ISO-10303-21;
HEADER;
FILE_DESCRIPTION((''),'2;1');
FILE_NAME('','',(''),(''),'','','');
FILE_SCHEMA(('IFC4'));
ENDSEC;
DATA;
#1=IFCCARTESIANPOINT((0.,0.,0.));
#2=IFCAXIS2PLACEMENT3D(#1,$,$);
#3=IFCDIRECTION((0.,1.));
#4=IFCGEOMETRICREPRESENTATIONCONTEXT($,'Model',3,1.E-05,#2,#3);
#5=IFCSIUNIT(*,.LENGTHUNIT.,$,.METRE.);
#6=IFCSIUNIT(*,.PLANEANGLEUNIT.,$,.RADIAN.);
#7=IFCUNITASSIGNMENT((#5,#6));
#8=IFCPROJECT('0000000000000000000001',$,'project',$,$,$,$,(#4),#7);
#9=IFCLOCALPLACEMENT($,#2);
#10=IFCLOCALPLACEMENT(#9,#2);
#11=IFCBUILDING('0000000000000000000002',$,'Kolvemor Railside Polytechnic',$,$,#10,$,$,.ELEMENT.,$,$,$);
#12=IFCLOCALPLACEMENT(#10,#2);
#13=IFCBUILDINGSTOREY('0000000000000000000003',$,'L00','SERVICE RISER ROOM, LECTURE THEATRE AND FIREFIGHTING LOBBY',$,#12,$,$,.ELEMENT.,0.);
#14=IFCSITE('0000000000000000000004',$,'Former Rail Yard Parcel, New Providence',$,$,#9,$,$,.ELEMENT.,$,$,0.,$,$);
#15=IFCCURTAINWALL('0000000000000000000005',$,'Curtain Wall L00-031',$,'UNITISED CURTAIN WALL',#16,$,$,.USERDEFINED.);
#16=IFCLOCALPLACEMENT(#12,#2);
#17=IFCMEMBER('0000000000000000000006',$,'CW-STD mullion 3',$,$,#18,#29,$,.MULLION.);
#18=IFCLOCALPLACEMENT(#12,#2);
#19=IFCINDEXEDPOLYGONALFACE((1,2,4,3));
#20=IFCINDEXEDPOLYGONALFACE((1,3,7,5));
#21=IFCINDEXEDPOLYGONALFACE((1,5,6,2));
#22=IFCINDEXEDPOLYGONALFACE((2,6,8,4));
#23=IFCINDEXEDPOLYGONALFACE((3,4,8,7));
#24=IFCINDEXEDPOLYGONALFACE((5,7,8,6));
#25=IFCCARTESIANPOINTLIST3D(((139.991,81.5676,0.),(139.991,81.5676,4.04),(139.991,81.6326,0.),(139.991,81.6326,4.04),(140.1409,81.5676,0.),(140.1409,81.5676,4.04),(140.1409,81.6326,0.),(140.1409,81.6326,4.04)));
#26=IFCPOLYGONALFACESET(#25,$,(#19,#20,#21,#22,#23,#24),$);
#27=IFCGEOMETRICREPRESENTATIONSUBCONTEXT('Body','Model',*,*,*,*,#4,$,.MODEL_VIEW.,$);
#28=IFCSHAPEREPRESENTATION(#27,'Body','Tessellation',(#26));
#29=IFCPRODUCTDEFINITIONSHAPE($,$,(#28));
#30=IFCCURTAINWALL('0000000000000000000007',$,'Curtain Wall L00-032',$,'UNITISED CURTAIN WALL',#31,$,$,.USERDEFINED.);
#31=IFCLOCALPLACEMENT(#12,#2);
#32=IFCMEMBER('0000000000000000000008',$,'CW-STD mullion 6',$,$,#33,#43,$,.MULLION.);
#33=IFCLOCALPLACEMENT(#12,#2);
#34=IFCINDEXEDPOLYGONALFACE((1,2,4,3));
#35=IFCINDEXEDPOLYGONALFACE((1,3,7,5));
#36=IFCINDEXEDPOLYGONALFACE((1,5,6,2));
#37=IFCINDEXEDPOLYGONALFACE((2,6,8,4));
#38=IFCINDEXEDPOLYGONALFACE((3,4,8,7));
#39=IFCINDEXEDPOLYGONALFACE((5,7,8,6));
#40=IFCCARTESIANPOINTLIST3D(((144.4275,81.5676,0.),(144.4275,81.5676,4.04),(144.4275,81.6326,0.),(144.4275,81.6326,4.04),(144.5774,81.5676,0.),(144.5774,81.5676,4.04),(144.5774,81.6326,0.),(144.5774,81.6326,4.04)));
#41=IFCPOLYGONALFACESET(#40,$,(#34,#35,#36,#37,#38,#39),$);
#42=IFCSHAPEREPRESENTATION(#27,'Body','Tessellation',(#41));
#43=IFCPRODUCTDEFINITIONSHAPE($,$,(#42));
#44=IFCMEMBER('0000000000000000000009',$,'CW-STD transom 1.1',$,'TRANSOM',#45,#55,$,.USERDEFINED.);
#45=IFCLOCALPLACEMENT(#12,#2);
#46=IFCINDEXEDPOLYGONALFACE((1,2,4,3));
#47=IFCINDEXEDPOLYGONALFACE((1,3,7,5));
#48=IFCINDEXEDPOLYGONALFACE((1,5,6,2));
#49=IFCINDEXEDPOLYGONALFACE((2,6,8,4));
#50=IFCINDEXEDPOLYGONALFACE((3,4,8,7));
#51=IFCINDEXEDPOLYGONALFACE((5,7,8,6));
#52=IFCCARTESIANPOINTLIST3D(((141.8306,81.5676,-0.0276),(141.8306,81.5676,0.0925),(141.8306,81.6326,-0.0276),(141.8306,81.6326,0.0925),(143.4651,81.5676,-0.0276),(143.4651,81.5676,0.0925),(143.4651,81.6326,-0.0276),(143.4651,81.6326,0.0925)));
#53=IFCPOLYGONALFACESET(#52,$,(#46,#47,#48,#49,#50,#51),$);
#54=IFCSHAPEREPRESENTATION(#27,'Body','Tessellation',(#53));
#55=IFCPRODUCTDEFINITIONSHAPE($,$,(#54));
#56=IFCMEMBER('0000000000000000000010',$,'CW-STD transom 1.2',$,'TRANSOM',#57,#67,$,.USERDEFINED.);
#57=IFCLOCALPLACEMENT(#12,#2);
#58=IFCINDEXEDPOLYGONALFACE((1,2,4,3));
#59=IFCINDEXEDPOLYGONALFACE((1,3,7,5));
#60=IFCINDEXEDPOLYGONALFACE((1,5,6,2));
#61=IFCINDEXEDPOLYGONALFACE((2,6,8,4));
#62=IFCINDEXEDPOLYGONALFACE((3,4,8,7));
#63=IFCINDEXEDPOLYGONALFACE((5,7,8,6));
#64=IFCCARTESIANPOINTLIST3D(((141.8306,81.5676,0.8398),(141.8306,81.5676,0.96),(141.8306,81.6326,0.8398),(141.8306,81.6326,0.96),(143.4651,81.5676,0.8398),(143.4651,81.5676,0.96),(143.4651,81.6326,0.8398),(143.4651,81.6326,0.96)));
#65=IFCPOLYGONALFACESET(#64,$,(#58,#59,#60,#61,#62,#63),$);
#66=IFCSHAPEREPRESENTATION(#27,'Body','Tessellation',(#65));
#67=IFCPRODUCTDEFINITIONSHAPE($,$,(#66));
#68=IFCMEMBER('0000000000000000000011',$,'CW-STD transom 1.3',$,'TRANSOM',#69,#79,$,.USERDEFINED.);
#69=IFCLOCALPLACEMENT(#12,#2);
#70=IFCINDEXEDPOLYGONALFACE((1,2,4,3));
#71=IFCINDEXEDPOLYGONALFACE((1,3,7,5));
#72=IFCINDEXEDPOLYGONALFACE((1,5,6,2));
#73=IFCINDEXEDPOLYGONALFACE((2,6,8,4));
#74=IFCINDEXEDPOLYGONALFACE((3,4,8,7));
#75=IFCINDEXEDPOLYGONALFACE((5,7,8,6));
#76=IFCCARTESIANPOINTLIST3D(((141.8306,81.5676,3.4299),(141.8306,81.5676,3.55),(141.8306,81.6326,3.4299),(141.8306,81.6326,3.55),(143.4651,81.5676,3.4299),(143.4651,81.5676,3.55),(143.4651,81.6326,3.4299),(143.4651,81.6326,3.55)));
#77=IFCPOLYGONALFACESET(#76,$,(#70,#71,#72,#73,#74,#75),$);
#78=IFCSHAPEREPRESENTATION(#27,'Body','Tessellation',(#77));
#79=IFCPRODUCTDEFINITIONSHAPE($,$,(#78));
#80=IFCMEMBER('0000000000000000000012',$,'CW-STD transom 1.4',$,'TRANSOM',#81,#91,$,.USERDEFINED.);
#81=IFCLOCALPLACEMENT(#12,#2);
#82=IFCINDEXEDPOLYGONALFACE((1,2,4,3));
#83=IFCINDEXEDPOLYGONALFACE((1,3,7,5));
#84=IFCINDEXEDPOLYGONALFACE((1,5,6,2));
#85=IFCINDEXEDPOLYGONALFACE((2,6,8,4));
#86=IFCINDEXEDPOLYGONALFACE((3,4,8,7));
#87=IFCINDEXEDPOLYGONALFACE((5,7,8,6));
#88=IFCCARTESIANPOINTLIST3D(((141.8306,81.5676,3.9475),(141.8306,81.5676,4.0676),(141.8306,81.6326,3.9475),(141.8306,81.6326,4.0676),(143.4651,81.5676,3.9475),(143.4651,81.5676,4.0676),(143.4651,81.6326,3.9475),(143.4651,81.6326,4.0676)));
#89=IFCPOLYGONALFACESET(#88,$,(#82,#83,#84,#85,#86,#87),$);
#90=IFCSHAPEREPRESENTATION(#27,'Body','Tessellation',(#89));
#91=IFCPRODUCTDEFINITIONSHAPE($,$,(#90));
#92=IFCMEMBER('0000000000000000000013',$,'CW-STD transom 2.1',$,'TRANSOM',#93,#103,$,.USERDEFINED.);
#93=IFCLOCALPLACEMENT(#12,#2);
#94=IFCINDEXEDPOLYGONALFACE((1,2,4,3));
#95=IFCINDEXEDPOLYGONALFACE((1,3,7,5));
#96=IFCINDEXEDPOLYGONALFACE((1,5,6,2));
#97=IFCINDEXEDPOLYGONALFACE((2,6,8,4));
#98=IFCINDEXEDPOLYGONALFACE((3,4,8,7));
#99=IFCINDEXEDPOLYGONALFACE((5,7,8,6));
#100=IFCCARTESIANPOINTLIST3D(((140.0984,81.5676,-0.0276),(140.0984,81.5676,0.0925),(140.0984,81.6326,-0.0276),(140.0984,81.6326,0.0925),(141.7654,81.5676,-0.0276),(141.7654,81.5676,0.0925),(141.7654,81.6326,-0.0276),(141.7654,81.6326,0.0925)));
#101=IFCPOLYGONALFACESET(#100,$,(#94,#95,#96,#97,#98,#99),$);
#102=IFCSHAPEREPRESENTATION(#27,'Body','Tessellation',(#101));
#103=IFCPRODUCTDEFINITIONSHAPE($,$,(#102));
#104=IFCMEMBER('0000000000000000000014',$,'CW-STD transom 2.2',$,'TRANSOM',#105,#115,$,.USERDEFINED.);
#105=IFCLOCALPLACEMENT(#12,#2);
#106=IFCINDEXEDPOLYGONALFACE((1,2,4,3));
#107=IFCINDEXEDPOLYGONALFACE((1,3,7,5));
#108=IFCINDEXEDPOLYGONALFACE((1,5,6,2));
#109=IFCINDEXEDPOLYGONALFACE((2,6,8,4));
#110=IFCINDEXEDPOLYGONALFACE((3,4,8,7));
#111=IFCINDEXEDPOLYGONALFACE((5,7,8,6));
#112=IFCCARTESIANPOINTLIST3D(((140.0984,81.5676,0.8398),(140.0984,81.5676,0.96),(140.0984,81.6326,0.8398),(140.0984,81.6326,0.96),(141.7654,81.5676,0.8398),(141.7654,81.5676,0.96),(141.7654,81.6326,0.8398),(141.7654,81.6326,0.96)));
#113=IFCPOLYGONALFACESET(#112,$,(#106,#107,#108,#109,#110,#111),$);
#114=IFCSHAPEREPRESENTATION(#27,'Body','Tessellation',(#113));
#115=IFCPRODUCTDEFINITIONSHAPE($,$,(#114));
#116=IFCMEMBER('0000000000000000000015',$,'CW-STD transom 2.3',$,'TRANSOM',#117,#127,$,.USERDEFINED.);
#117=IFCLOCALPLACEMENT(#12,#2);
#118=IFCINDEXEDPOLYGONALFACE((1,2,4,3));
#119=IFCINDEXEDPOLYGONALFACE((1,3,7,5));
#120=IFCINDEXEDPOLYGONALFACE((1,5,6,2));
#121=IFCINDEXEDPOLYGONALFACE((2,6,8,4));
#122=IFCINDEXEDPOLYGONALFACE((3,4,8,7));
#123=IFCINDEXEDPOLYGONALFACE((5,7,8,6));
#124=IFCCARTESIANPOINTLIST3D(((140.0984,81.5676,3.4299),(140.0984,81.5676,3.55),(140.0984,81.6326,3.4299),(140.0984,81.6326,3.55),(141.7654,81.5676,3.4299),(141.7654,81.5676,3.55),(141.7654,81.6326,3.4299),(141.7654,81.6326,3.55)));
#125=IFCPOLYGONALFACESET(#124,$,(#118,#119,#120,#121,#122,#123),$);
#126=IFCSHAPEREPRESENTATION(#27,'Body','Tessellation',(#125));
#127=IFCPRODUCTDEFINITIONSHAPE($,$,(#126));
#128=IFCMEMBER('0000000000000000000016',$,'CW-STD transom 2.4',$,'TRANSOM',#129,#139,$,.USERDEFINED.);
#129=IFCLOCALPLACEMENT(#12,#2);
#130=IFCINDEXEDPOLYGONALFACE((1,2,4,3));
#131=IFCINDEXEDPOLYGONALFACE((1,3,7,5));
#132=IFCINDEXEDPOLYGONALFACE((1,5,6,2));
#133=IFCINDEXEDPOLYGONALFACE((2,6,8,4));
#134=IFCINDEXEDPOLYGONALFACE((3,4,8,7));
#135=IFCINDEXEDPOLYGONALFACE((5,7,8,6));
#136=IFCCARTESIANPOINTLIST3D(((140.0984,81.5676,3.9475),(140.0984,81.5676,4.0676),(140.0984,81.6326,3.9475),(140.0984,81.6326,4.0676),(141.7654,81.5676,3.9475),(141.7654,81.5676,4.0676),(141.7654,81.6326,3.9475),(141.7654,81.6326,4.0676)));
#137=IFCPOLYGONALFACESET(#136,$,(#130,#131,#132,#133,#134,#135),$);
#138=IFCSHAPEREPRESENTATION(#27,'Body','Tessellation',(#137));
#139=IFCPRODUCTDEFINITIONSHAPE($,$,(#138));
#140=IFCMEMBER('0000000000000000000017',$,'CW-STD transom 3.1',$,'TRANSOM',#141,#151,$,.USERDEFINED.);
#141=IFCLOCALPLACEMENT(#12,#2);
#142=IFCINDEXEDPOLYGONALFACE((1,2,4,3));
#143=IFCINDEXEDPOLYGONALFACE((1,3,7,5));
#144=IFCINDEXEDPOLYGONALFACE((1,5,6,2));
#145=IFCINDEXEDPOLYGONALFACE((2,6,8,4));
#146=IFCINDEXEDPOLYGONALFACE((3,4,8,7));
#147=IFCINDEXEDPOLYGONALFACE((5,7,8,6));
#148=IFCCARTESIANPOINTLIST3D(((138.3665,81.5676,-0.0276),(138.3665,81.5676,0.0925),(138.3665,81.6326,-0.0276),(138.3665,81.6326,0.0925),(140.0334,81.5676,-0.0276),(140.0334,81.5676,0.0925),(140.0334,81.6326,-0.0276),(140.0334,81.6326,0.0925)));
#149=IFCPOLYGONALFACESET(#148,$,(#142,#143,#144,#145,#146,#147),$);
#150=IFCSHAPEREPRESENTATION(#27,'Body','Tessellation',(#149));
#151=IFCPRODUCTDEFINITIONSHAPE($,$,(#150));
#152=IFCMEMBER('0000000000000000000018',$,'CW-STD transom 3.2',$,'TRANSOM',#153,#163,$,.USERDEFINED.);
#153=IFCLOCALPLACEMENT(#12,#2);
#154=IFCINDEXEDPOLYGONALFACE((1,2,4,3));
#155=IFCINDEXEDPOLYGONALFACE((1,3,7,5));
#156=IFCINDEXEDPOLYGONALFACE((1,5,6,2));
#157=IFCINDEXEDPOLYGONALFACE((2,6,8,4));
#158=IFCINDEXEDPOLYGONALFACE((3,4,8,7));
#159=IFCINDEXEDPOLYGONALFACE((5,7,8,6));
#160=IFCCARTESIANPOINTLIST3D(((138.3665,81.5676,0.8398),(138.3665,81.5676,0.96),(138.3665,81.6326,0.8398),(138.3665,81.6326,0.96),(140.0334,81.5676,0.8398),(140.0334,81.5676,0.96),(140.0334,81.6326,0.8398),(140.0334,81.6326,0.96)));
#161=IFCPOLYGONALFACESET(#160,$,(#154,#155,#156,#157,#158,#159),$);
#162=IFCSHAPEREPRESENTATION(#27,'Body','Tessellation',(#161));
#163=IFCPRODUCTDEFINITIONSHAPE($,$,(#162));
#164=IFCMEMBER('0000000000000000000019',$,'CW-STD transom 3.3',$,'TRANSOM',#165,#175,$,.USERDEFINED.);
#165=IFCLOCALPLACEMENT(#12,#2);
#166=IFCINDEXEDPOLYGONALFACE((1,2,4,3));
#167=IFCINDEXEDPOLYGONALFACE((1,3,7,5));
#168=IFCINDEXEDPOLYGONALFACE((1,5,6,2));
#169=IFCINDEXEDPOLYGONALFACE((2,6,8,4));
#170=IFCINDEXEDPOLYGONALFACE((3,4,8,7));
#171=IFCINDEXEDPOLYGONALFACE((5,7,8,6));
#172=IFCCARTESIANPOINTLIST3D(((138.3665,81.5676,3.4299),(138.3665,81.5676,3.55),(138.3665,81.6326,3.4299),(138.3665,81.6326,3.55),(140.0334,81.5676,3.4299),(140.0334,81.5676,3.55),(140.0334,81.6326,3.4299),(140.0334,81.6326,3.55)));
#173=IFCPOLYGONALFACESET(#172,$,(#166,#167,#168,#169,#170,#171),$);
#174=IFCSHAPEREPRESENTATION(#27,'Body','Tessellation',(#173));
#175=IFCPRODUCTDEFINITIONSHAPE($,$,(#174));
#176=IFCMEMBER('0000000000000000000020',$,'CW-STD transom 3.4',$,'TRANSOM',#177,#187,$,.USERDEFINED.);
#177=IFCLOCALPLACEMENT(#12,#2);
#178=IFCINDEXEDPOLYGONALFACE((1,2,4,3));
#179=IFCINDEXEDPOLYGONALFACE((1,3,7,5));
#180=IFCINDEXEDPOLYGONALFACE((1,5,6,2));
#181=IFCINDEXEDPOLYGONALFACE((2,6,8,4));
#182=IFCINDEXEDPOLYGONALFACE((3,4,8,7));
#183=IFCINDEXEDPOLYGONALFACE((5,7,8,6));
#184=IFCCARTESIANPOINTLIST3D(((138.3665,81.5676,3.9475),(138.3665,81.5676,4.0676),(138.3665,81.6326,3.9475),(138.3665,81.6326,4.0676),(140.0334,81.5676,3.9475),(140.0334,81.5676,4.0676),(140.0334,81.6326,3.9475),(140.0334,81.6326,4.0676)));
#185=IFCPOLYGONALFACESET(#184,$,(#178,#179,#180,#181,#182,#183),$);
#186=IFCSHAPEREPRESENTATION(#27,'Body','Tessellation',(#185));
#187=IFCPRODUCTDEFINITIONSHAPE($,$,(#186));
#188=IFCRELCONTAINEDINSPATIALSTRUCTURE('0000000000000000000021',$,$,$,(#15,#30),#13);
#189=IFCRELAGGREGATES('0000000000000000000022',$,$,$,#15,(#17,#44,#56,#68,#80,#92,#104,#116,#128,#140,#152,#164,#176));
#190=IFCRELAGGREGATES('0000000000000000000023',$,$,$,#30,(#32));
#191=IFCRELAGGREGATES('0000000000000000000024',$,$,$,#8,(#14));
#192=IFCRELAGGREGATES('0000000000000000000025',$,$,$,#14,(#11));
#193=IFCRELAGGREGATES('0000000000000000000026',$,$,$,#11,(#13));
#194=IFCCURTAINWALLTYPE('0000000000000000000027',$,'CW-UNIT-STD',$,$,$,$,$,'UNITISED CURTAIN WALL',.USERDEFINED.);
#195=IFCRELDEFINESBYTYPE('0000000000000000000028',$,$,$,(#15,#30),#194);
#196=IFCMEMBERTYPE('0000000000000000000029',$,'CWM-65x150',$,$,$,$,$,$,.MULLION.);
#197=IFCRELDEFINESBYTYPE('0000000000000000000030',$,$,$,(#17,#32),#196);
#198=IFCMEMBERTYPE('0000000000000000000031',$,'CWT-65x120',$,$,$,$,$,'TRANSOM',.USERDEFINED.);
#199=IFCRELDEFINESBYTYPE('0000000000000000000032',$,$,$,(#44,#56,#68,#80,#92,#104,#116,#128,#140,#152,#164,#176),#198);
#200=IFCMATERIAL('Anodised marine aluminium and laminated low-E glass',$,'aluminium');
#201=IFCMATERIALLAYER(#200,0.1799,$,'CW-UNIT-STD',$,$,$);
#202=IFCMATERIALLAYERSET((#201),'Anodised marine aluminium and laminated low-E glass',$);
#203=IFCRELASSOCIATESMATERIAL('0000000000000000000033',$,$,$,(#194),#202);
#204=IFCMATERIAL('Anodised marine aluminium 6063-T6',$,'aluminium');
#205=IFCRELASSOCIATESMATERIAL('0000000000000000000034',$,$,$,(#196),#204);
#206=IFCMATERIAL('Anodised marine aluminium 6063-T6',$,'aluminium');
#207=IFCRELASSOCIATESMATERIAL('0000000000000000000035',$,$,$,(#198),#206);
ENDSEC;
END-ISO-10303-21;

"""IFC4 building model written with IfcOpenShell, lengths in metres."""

from ifc_helpers import new_model, si_unit, direction, frame, origin, origin_2d, place, context, subcontext, project, spatial, rectangle, extrude, material, layer, layer_set, material_profile, profile_set, type_object, element, aggregate, save


model = new_model("IFC4")

# Units and contexts
model_context = context("Model", 3, precision=1e-05, world=origin(), true_north=direction((0.0, 1.0)))
body_context = subcontext(model_context, "Body", "Model", "MODEL_VIEW")
ifc_project = project(units=[si_unit("LENGTHUNIT", "METRE"), si_unit("PLANEANGLEUNIT", "RADIAN")], contexts=[model_context])

# Site, building, storey
site_placement = place(None, origin())
site = spatial("IfcSite", under=ifc_project, at=site_placement, Name="Former Rail Yard Parcel, New Providence", CompositionType="ELEMENT", RefElevation=0.0)
building_placement = place(site_placement, origin())
building = spatial("IfcBuilding", under=site, at=building_placement, Name="Kolvemor Railside Polytechnic", CompositionType="ELEMENT")
storey_placement = place(building_placement, origin())
storey = spatial("IfcBuildingStorey", under=building, at=storey_placement, Name="L00", Description="SERVICE RISER ROOM, LECTURE THEATRE AND FIREFIGHTING LOBBY", CompositionType="ELEMENT", Elevation=0.0)

# Curtain wall, member
ifc_material_1 = material(Name="Anodised marine aluminium and laminated low-E glass", Category="aluminium")
ifc_layer_1 = layer(ifc_material_1, 0.1799, Name="CW-UNIT-STD")
ifc_layer_set_1 = layer_set([ifc_layer_1], Name="Anodised marine aluminium and laminated low-E glass")
curtain_wall_type = type_object("IfcCurtainWallType", Name="CW-UNIT-STD", ElementType="UNITISED CURTAIN WALL", PredefinedType="USERDEFINED", material=ifc_layer_set_1)
curtain_wall_1_placement = place(storey_placement, origin())
curtain_wall_1 = element("IfcCurtainWall", 1, at=curtain_wall_1_placement, inside=storey, type_object=curtain_wall_type, Name="Curtain Wall L00-031", ObjectType="UNITISED CURTAIN WALL", PredefinedType="USERDEFINED")
ifc_material_2 = material(Name="Anodised marine aluminium 6063-T6", Category="aluminium")
ifc_material_profile_1 = material_profile(ifc_material_2, rectangle(XDim=0.0649, YDim=0.1499, at=origin_2d()), Name="CW-MUL-65x150")
ifc_profile_set_1 = profile_set([ifc_material_profile_1], Name="Anodised marine aluminium 6063-T6")
member_type_1 = type_object("IfcMemberType", Name="CWM-65x150", PredefinedType="MULLION", material=ifc_profile_set_1)
member_1_placement = place(storey_placement, frame((140.0659, 81.6001, 0.0), z_axis=(0.0, 0.0, 1.0), x_axis=(0.0, -1.0, 0.0)))
member_1 = element("IfcMember", 2, at=member_1_placement, type_object=member_type_1, Name="CW-STD mullion 3", PredefinedType="MULLION", context=body_context, shape_type="SweptSolid", body=[
    extrude(rectangle(XDim=0.0649, YDim=0.1499, at=origin_2d()), origin(), (0.0, 0.0, 1.0), 4.04),
])

# Curtain wall, member
curtain_wall_2_placement = place(storey_placement, origin())
curtain_wall_2 = element("IfcCurtainWall", 3, at=curtain_wall_2_placement, inside=storey, type_object=curtain_wall_type, Name="Curtain Wall L00-032", ObjectType="UNITISED CURTAIN WALL", PredefinedType="USERDEFINED")
member_2_placement = place(storey_placement, frame((144.5024, 81.6001, 0.0), z_axis=(0.0, 0.0, 1.0), x_axis=(0.0, -1.0, 0.0)))
member_2 = element("IfcMember", 4, at=member_2_placement, type_object=member_type_1, Name="CW-STD mullion 6", PredefinedType="MULLION", context=body_context, shape_type="SweptSolid", body=[
    extrude(rectangle(XDim=0.0649, YDim=0.1499, at=origin_2d()), origin(), (0.0, 0.0, 1.0), 4.04),
])

# Members
ifc_material_3 = material(Name="Anodised marine aluminium 6063-T6", Category="aluminium")
ifc_material_profile_2 = material_profile(ifc_material_3, rectangle(XDim=0.0649, YDim=0.1201, at=origin_2d()), Name="CW-TRN-65x120")
ifc_profile_set_2 = profile_set([ifc_material_profile_2], Name="Anodised marine aluminium 6063-T6")
member_type_2 = type_object("IfcMemberType", Name="CWT-65x120", ElementType="TRANSOM", PredefinedType="USERDEFINED", material=ifc_profile_set_2)
member_3_placement = place(storey_placement, frame((143.4651, 81.6001, 0.0325), z_axis=(-1.0, 0.0, 0.0), x_axis=(0.0, -1.0, 0.0)))
member_3 = element("IfcMember", 5, at=member_3_placement, type_object=member_type_2, Name="CW-STD transom 1.1", ObjectType="TRANSOM", PredefinedType="USERDEFINED", context=body_context, shape_type="SweptSolid", body=[
    extrude(rectangle(XDim=0.0649, YDim=0.1201, at=origin_2d()), origin(), (0.0, 0.0, 1.0), 1.6345),
])
member_4_placement = place(storey_placement, frame((143.4651, 81.6001, 0.8999), z_axis=(-1.0, 0.0, 0.0), x_axis=(0.0, -1.0, 0.0)))
member_4 = element("IfcMember", 6, at=member_4_placement, type_object=member_type_2, Name="CW-STD transom 1.2", ObjectType="TRANSOM", PredefinedType="USERDEFINED", context=body_context, shape_type="SweptSolid", body=[
    extrude(rectangle(XDim=0.0649, YDim=0.1201, at=origin_2d()), origin(), (0.0, 0.0, 1.0), 1.6345),
])
member_5_placement = place(storey_placement, frame((143.4651, 81.6001, 3.49), z_axis=(-1.0, 0.0, 0.0), x_axis=(0.0, -1.0, 0.0)))
member_5 = element("IfcMember", 7, at=member_5_placement, type_object=member_type_2, Name="CW-STD transom 1.3", ObjectType="TRANSOM", PredefinedType="USERDEFINED", context=body_context, shape_type="SweptSolid", body=[
    extrude(rectangle(XDim=0.0649, YDim=0.1201, at=origin_2d()), origin(), (0.0, 0.0, 1.0), 1.6345),
])
member_6_placement = place(storey_placement, frame((143.4651, 81.6001, 4.0076), z_axis=(-1.0, 0.0, 0.0), x_axis=(0.0, -1.0, 0.0)))
member_6 = element("IfcMember", 8, at=member_6_placement, type_object=member_type_2, Name="CW-STD transom 1.4", ObjectType="TRANSOM", PredefinedType="USERDEFINED", context=body_context, shape_type="SweptSolid", body=[
    extrude(rectangle(XDim=0.0649, YDim=0.1201, at=origin_2d()), origin(), (0.0, 0.0, 1.0), 1.6345),
])
member_7_placement = place(storey_placement, frame((141.7654, 81.6001, 0.0325), z_axis=(-1.0, 0.0, 0.0), x_axis=(0.0, -1.0, 0.0)))
member_7 = element("IfcMember", 9, at=member_7_placement, type_object=member_type_2, Name="CW-STD transom 2.1", ObjectType="TRANSOM", PredefinedType="USERDEFINED", context=body_context, shape_type="SweptSolid", body=[
    extrude(rectangle(XDim=0.0649, YDim=0.1201, at=origin_2d()), origin(), (0.0, 0.0, 1.0), 1.667),
])
member_8_placement = place(storey_placement, frame((141.7654, 81.6001, 0.8999), z_axis=(-1.0, 0.0, 0.0), x_axis=(0.0, -1.0, 0.0)))
member_8 = element("IfcMember", 10, at=member_8_placement, type_object=member_type_2, Name="CW-STD transom 2.2", ObjectType="TRANSOM", PredefinedType="USERDEFINED", context=body_context, shape_type="SweptSolid", body=[
    extrude(rectangle(XDim=0.0649, YDim=0.1201, at=origin_2d()), origin(), (0.0, 0.0, 1.0), 1.667),
])
member_9_placement = place(storey_placement, frame((141.7654, 81.6001, 3.49), z_axis=(-1.0, 0.0, 0.0), x_axis=(0.0, -1.0, 0.0)))
member_9 = element("IfcMember", 11, at=member_9_placement, type_object=member_type_2, Name="CW-STD transom 2.3", ObjectType="TRANSOM", PredefinedType="USERDEFINED", context=body_context, shape_type="SweptSolid", body=[
    extrude(rectangle(XDim=0.0649, YDim=0.1201, at=origin_2d()), origin(), (0.0, 0.0, 1.0), 1.667),
])
member_10_placement = place(storey_placement, frame((141.7654, 81.6001, 4.0076), z_axis=(-1.0, 0.0, 0.0), x_axis=(0.0, -1.0, 0.0)))
member_10 = element("IfcMember", 12, at=member_10_placement, type_object=member_type_2, Name="CW-STD transom 2.4", ObjectType="TRANSOM", PredefinedType="USERDEFINED", context=body_context, shape_type="SweptSolid", body=[
    extrude(rectangle(XDim=0.0649, YDim=0.1201, at=origin_2d()), origin(), (0.0, 0.0, 1.0), 1.667),
])
member_11_placement = place(storey_placement, frame((140.0334, 81.6001, 0.0325), z_axis=(-1.0, 0.0, 0.0), x_axis=(0.0, -1.0, 0.0)))
member_11 = element("IfcMember", 13, at=member_11_placement, type_object=member_type_2, Name="CW-STD transom 3.1", ObjectType="TRANSOM", PredefinedType="USERDEFINED", context=body_context, shape_type="SweptSolid", body=[
    extrude(rectangle(XDim=0.0649, YDim=0.1201, at=origin_2d()), origin(), (0.0, 0.0, 1.0), 1.667),
])
member_12_placement = place(storey_placement, frame((140.0334, 81.6001, 0.8999), z_axis=(-1.0, 0.0, 0.0), x_axis=(0.0, -1.0, 0.0)))
member_12 = element("IfcMember", 14, at=member_12_placement, type_object=member_type_2, Name="CW-STD transom 3.2", ObjectType="TRANSOM", PredefinedType="USERDEFINED", context=body_context, shape_type="SweptSolid", body=[
    extrude(rectangle(XDim=0.0649, YDim=0.1201, at=origin_2d()), origin(), (0.0, 0.0, 1.0), 1.667),
])
member_13_placement = place(storey_placement, frame((140.0334, 81.6001, 3.49), z_axis=(-1.0, 0.0, 0.0), x_axis=(0.0, -1.0, 0.0)))
member_13 = element("IfcMember", 15, at=member_13_placement, type_object=member_type_2, Name="CW-STD transom 3.3", ObjectType="TRANSOM", PredefinedType="USERDEFINED", context=body_context, shape_type="SweptSolid", body=[
    extrude(rectangle(XDim=0.0649, YDim=0.1201, at=origin_2d()), origin(), (0.0, 0.0, 1.0), 1.667),
])
member_14_placement = place(storey_placement, frame((140.0334, 81.6001, 4.0076), z_axis=(-1.0, 0.0, 0.0), x_axis=(0.0, -1.0, 0.0)))
member_14 = element("IfcMember", 16, at=member_14_placement, type_object=member_type_2, Name="CW-STD transom 3.4", ObjectType="TRANSOM", PredefinedType="USERDEFINED", context=body_context, shape_type="SweptSolid", body=[
    extrude(rectangle(XDim=0.0649, YDim=0.1201, at=origin_2d()), origin(), (0.0, 0.0, 1.0), 1.667),
])

aggregate(curtain_wall_1, [member_1, member_3, member_4, member_5, member_6, member_7, member_8, member_9, member_10, member_11, member_12, member_13, member_14])
aggregate(curtain_wall_2, [member_2])

save(model, "model.ifc")
